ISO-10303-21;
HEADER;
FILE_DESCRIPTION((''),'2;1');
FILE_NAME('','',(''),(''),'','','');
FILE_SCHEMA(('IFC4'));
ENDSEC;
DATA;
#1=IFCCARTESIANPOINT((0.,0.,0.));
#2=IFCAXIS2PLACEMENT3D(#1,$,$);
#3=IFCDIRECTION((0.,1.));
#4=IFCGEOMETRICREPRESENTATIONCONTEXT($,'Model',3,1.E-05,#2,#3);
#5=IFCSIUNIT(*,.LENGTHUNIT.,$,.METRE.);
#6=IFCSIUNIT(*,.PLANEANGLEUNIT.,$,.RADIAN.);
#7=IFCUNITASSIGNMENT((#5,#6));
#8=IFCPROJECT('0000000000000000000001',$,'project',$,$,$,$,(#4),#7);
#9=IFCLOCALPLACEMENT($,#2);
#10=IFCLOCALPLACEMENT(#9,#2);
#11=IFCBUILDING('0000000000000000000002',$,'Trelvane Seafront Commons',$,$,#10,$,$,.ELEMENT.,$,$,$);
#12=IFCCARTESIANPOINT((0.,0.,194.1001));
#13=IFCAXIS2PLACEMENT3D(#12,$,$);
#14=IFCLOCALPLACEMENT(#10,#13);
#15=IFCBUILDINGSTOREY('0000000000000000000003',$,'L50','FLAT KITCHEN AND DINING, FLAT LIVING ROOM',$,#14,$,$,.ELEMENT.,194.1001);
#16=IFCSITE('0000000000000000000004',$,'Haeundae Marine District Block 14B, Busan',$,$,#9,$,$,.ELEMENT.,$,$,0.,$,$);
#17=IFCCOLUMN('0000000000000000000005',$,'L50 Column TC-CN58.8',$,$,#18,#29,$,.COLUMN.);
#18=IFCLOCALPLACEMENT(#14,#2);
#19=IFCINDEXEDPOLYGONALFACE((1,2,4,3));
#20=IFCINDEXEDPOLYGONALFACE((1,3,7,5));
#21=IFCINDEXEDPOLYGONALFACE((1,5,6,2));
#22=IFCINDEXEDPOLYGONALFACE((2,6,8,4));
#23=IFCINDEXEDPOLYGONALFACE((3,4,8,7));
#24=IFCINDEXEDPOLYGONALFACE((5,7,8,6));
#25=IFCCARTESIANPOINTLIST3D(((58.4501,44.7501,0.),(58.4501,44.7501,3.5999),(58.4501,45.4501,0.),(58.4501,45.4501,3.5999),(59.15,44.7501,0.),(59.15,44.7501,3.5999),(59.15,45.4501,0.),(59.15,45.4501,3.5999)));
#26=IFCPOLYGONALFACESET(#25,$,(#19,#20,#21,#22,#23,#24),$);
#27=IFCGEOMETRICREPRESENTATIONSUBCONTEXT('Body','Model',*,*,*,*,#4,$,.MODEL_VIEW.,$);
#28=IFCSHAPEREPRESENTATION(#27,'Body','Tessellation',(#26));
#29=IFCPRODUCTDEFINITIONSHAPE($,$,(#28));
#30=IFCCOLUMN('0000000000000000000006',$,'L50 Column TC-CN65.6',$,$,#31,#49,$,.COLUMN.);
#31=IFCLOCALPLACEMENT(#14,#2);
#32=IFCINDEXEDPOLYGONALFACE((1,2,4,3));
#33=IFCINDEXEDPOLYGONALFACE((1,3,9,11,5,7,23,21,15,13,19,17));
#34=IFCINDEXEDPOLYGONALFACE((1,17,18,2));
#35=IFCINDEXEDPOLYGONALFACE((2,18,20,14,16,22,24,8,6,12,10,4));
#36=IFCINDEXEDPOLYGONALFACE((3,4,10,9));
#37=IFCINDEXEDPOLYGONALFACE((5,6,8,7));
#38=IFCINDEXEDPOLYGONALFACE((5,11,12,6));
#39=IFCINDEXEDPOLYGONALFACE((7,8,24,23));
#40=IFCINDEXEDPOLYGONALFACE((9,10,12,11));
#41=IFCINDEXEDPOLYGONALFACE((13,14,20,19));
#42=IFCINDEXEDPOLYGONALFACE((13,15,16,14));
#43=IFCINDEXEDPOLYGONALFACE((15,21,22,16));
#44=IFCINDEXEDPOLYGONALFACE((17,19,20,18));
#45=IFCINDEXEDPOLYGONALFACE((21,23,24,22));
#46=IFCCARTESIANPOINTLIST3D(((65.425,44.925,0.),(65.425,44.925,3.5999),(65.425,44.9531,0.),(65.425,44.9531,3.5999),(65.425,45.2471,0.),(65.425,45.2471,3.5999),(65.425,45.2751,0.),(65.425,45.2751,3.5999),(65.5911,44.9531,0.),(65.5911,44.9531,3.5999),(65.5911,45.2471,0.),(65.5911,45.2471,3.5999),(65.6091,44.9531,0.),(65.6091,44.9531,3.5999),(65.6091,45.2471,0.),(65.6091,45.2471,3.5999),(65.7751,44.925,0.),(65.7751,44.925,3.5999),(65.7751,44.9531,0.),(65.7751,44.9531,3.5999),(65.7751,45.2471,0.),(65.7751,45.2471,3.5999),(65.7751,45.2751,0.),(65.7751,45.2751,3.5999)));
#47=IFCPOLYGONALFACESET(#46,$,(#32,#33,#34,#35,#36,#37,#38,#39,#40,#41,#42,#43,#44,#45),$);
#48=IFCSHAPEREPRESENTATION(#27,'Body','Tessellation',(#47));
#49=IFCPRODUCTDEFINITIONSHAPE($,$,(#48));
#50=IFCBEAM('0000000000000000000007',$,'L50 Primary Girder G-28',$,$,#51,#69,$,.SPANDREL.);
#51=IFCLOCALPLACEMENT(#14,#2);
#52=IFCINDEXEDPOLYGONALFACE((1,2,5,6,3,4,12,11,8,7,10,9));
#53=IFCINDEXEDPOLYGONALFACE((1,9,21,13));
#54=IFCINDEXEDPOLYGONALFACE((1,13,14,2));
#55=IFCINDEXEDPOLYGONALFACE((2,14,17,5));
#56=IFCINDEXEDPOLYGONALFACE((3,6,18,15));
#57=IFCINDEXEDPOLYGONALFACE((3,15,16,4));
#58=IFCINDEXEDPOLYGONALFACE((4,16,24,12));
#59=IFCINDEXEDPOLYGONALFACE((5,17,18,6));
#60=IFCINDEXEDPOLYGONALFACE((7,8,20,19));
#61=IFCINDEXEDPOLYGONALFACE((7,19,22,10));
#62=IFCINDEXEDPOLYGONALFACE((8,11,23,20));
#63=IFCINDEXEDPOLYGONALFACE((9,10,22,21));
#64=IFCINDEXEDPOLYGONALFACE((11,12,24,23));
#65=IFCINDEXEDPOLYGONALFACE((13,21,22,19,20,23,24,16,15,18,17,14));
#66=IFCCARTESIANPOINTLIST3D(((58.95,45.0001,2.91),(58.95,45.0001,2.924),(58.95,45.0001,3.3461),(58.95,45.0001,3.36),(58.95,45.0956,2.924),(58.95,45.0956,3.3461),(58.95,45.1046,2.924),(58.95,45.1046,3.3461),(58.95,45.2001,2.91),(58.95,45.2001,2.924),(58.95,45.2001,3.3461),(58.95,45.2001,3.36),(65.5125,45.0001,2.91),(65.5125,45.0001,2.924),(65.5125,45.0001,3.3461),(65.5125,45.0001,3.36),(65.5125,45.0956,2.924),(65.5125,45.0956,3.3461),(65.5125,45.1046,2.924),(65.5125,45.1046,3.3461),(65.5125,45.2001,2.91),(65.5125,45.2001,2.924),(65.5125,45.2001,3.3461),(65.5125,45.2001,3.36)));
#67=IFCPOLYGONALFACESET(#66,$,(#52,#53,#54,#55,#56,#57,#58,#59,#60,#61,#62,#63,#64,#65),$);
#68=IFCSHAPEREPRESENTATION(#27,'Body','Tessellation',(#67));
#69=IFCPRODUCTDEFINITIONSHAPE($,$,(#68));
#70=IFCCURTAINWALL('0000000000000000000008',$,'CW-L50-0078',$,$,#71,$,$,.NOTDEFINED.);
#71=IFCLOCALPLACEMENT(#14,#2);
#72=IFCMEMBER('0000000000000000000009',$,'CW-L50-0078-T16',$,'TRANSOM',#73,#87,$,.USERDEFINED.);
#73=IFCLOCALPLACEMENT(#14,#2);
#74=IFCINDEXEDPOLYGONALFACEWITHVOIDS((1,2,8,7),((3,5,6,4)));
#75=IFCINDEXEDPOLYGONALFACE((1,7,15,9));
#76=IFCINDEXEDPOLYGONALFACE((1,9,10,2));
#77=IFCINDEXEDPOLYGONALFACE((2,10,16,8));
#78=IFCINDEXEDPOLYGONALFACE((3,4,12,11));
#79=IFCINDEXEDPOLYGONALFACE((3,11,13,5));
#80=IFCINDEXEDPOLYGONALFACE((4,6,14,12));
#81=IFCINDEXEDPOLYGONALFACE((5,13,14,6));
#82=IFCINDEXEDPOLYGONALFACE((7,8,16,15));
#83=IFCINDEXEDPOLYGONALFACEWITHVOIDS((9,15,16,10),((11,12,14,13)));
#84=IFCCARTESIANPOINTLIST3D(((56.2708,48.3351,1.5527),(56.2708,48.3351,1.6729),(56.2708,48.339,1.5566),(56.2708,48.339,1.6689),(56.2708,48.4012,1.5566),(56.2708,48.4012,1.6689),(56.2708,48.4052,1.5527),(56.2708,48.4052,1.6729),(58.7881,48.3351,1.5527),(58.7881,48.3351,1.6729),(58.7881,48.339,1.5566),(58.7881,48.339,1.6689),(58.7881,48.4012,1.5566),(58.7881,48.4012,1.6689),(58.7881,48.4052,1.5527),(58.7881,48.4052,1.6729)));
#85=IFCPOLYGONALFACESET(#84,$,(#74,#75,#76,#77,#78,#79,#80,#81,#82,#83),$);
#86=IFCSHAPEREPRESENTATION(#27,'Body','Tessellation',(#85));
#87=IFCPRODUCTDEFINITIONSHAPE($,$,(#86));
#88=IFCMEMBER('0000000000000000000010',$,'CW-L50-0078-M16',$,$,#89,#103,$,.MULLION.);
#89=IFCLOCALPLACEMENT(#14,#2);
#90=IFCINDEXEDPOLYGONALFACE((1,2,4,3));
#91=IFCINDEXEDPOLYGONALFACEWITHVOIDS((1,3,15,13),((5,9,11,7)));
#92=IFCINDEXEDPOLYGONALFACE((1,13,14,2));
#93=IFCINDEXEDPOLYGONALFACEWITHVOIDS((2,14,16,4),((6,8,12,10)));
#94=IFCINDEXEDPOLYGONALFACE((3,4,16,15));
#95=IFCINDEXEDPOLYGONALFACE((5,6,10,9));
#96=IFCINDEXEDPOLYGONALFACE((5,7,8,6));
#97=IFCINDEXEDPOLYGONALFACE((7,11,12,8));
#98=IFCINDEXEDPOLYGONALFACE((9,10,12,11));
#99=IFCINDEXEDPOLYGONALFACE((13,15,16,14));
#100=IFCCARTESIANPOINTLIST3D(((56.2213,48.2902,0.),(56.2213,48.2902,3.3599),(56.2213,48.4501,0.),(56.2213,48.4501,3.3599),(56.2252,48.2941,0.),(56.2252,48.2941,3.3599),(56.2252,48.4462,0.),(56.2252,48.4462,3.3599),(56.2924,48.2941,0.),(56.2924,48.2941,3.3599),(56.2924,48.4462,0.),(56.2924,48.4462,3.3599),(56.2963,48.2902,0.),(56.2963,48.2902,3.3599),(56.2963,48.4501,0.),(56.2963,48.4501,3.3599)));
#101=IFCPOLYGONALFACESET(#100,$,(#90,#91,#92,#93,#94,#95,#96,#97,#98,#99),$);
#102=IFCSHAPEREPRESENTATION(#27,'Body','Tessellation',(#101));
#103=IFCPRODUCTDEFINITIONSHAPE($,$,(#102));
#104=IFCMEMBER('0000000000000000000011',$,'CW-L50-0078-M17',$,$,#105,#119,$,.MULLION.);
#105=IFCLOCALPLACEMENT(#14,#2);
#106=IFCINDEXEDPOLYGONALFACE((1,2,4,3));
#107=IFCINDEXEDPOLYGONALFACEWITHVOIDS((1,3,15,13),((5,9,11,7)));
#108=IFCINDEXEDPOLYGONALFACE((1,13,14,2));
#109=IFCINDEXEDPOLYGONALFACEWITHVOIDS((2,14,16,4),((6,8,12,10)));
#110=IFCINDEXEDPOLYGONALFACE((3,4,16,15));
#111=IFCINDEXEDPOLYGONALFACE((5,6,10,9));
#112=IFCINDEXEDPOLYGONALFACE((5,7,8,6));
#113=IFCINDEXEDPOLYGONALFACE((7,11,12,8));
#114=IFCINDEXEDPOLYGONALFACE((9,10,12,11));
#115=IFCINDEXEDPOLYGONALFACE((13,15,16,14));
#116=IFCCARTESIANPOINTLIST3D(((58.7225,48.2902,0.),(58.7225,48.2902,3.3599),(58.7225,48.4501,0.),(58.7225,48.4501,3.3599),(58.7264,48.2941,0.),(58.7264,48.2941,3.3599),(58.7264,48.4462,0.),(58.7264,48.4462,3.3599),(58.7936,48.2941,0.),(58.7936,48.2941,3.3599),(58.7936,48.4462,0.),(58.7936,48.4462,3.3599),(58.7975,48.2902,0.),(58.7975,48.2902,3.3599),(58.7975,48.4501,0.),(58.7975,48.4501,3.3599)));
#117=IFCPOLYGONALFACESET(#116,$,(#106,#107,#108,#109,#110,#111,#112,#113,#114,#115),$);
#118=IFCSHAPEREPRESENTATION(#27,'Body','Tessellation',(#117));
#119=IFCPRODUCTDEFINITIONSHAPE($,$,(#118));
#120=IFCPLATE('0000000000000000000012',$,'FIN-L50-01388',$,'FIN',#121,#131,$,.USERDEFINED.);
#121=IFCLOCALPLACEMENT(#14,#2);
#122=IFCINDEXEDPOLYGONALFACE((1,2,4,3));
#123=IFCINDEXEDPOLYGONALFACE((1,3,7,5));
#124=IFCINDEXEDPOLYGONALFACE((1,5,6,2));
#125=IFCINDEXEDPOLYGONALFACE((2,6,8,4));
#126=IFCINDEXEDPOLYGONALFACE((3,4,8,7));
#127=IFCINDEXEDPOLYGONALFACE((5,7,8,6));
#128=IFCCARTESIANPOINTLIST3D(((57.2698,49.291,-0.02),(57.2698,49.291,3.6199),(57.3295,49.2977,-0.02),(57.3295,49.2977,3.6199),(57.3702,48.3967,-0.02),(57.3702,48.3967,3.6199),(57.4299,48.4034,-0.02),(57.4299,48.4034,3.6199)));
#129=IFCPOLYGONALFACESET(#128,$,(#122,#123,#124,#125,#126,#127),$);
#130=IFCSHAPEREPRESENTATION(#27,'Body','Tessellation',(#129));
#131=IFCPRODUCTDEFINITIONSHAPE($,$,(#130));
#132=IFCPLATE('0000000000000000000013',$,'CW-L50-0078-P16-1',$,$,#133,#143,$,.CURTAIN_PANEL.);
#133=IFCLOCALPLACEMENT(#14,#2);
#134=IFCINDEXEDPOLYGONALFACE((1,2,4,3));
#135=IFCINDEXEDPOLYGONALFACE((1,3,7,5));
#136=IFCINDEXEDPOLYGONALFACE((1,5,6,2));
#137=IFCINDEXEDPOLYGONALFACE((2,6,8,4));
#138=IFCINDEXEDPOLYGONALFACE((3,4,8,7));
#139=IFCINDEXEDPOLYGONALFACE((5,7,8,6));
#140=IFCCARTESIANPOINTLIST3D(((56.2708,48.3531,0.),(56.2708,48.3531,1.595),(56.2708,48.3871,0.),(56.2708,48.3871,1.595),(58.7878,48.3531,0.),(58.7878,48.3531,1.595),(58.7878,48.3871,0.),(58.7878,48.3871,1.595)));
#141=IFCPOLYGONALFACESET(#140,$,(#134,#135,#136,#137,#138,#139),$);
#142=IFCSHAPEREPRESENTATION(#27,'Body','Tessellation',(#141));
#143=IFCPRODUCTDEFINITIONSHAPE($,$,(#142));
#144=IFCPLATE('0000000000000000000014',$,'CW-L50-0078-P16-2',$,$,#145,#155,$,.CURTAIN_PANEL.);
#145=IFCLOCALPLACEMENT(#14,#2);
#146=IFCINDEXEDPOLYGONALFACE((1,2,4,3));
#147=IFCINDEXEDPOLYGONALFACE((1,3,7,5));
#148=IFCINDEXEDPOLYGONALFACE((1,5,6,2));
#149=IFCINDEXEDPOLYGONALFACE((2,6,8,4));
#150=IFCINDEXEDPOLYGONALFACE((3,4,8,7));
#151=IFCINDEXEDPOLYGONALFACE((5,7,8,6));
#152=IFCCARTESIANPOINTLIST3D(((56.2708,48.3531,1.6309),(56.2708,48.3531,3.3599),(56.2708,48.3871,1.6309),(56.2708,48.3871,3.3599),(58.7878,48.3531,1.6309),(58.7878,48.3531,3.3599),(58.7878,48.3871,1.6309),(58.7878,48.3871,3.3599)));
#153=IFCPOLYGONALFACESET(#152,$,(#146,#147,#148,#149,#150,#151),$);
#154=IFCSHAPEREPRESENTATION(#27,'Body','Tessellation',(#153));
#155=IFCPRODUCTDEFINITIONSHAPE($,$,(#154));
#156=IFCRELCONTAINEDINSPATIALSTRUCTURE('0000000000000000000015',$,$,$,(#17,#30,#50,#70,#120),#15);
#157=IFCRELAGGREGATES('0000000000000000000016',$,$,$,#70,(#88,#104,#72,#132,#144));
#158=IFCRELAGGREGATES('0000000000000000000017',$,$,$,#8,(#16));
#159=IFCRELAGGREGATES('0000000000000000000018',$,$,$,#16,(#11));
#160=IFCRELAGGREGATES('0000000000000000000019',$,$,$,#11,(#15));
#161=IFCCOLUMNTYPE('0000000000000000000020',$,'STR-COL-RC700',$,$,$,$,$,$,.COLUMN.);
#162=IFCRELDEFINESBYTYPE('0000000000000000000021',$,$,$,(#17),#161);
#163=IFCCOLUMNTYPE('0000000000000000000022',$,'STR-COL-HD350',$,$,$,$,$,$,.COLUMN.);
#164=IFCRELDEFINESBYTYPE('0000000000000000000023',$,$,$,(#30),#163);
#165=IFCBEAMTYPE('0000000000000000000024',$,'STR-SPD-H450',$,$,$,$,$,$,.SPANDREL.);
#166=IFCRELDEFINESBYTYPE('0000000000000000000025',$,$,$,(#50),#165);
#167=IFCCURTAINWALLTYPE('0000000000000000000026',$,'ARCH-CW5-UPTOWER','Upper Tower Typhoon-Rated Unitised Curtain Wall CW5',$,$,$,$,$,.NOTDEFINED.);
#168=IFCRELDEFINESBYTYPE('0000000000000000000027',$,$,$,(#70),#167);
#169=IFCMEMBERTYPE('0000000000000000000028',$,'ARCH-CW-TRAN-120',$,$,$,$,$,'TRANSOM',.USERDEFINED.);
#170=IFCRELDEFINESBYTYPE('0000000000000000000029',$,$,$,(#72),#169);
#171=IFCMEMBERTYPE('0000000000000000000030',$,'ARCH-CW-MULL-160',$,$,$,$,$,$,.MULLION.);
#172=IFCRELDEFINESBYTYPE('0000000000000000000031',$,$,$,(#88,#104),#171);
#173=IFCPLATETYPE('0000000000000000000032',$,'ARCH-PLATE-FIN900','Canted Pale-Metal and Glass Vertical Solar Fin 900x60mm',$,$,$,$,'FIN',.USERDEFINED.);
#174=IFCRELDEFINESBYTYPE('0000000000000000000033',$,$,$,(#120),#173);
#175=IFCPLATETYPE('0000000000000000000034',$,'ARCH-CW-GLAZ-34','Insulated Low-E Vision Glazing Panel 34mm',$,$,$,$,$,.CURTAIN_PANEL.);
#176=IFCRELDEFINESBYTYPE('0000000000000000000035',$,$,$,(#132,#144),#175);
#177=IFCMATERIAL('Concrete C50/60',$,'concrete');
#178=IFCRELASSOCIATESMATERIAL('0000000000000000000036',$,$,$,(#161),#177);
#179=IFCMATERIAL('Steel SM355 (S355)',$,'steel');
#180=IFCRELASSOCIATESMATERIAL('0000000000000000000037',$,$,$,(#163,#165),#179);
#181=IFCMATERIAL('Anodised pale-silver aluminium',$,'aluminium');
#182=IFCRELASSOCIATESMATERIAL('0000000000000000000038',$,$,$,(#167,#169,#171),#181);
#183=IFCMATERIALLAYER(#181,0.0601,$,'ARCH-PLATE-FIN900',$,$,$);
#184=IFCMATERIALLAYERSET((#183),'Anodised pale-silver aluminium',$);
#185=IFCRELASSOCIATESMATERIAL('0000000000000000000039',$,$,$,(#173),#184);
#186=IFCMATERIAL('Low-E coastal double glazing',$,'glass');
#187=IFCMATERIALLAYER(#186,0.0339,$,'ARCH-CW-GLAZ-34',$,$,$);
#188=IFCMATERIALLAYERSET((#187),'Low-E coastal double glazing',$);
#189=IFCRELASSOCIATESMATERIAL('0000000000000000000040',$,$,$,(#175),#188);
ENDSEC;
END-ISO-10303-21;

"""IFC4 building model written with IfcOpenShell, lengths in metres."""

from ifc_helpers import new_model, si_unit, direction, frame, origin, origin_2d, place, context, subcontext, project, spatial, rectangle, hollow_rectangle, i_section, extrude, source, transform, mapped, material, layer, layer_set, material_profile, profile_set, type_object, element, aggregate, save


model = new_model("IFC4")

# Units and contexts
model_context = context("Model", 3, precision=1e-05, world=origin(), true_north=direction((0.0, 1.0)))
body_context = subcontext(model_context, "Body", "Model", "MODEL_VIEW")
ifc_project = project(units=[si_unit("LENGTHUNIT", "METRE"), si_unit("PLANEANGLEUNIT", "RADIAN")], contexts=[model_context])

# Site, building, storey
site_placement = place(None, origin())
site = spatial("IfcSite", under=ifc_project, at=site_placement, Name="Haeundae Marine District Block 14B, Busan", CompositionType="ELEMENT", RefElevation=0.0)
building_placement = place(site_placement, origin())
building = spatial("IfcBuilding", under=site, at=building_placement, Name="Trelvane Seafront Commons", CompositionType="ELEMENT")
storey_placement = place(building_placement, frame((0.0, 0.0, 194.1001)))
storey = spatial("IfcBuildingStorey", under=building, at=storey_placement, Name="L50", Description="FLAT KITCHEN AND DINING, FLAT LIVING ROOM", CompositionType="ELEMENT", Elevation=194.1001)

# Columns
ifc_material_1 = material(Name="Concrete C50/60", Category="concrete")
ifc_material_profile_1 = material_profile(ifc_material_1, rectangle(XDim=0.7, YDim=0.7, at=origin_2d()), Name="RC-700x700")
ifc_profile_set_1 = profile_set([ifc_material_profile_1], Name="Concrete C50/60")
column_type_1 = type_object("IfcColumnType", Name="STR-COL-RC700", PredefinedType="COLUMN", material=ifc_profile_set_1)
shared_shape_1 = source(origin(), body_context, "Body", "SweptSolid", [
    extrude(rectangle(XDim=0.7, YDim=0.7, at=origin_2d()), origin(), (0.0, 0.0, 1.0), 3.5999),
])
column_1_placement = place(storey_placement, frame((58.8, 45.1001, 0.0), z_axis=(0.0, 0.0, 1.0), x_axis=(1.0, 0.0, 0.0)))
element("IfcColumn", 1, at=column_1_placement, inside=storey, type_object=column_type_1, Name="L50 Column TC-CN58.8", PredefinedType="COLUMN", context=body_context, shape_type="MappedRepresentation", body=[
    mapped(shared_shape_1, transform((0.0, 0.0, 0.0), x_axis=(1.0, 0.0, 0.0), y_axis=(0.0, 1.0, 0.0), z_axis=(0.0, 0.0, 1.0), scale=1.0)),
])
ifc_material_2 = material(Name="Steel SM355 (S355)", Category="steel")
ifc_material_profile_2 = material_profile(ifc_material_2, i_section(OverallWidth=0.3501, OverallDepth=0.3501, WebThickness=0.0181, FlangeThickness=0.0281, at=origin_2d()), Name="HD-350x350x18x28")
ifc_profile_set_2 = profile_set([ifc_material_profile_2], Name="Steel SM355 (S355)")
column_type_2 = type_object("IfcColumnType", Name="STR-COL-HD350", PredefinedType="COLUMN", material=ifc_profile_set_2)
shared_shape_2 = source(origin(), body_context, "Body", "SweptSolid", [
    extrude(i_section(OverallWidth=0.3501, OverallDepth=0.3501, WebThickness=0.0181, FlangeThickness=0.0281, at=origin_2d()), origin(), (0.0, 0.0, 1.0), 3.5999),
])
column_2_placement = place(storey_placement, frame((65.6001, 45.1001, 0.0), z_axis=(0.0, 0.0, 1.0), x_axis=(1.0, 0.0, 0.0)))
element("IfcColumn", 2, at=column_2_placement, inside=storey, type_object=column_type_2, Name="L50 Column TC-CN65.6", PredefinedType="COLUMN", context=body_context, shape_type="MappedRepresentation", body=[
    mapped(shared_shape_2, transform((0.0, 0.0, 0.0), x_axis=(1.0, 0.0, 0.0), y_axis=(0.0, 1.0, 0.0), z_axis=(0.0, 0.0, 1.0), scale=1.0)),
])

# Beam
ifc_material_profile_3 = material_profile(ifc_material_2, i_section(OverallWidth=0.2, OverallDepth=0.45, WebThickness=0.009, FlangeThickness=0.0139, at=origin_2d()), Name="H-450x200x9x14")
ifc_profile_set_3 = profile_set([ifc_material_profile_3], Name="Steel SM355 (S355)")
beam_type = type_object("IfcBeamType", Name="STR-SPD-H450", PredefinedType="SPANDREL", material=ifc_profile_set_3)
shared_shape_3 = source(origin(), body_context, "Body", "SweptSolid", [
    extrude(i_section(OverallWidth=0.2, OverallDepth=0.45, WebThickness=0.009, FlangeThickness=0.0139, at=origin_2d()), origin(), (0.0, 0.0, 1.0), 6.5625),
])
beam_placement = place(storey_placement, frame((58.95, 45.1001, 3.135), z_axis=(1.0, 0.0, 0.0), x_axis=(0.0, 1.0, 0.0)))
element("IfcBeam", 3, at=beam_placement, inside=storey, type_object=beam_type, Name="L50 Primary Girder G-28", PredefinedType="SPANDREL", context=body_context, shape_type="MappedRepresentation", body=[
    mapped(shared_shape_3, transform((0.0, 0.0, 0.0), x_axis=(1.0, 0.0, 0.0), y_axis=(0.0, 1.0, 0.0), z_axis=(0.0, 0.0, 1.0), scale=1.0)),
])

# Curtain wall, members
ifc_material_3 = material(Name="Anodised pale-silver aluminium", Category="aluminium")
curtain_wall_type = type_object("IfcCurtainWallType", Name="ARCH-CW5-UPTOWER", Description="Upper Tower Typhoon-Rated Unitised Curtain Wall CW5", PredefinedType="NOTDEFINED", material=ifc_material_3)
curtain_wall_placement = place(storey_placement, origin())
curtain_wall = element("IfcCurtainWall", 4, at=curtain_wall_placement, inside=storey, type_object=curtain_wall_type, Name="CW-L50-0078", PredefinedType="NOTDEFINED")
ifc_material_profile_4 = material_profile(ifc_material_3, hollow_rectangle(XDim=0.0701, YDim=0.1201, WallThickness=0.0039, at=origin_2d()), Name="TRAN-70x120x4")
ifc_profile_set_4 = profile_set([ifc_material_profile_4], Name="Anodised pale-silver aluminium")
member_type_1 = type_object("IfcMemberType", Name="ARCH-CW-TRAN-120", ElementType="TRANSOM", PredefinedType="USERDEFINED", material=ifc_profile_set_4)
shared_shape_4 = source(origin(), body_context, "Body", "SweptSolid", [
    extrude(hollow_rectangle(XDim=0.0701, YDim=0.1201, WallThickness=0.0039, at=origin_2d()), origin(), (0.0, 0.0, 1.0), 2.5173),
])
member_1_placement = place(storey_placement, frame((56.2708, 48.3701, 1.6128), z_axis=(1.0, 0.0, 0.0), x_axis=(0.0, 1.0, 0.0)))
member_1 = element("IfcMember", 5, at=member_1_placement, type_object=member_type_1, Name="CW-L50-0078-T16", ObjectType="TRANSOM", PredefinedType="USERDEFINED", context=body_context, shape_type="MappedRepresentation", body=[
    mapped(shared_shape_4, transform((0.0, 0.0, 0.0), x_axis=(1.0, 0.0, 0.0), y_axis=(0.0, 1.0, 0.0), z_axis=(0.0, 0.0, 1.0), scale=1.0)),
])
ifc_material_profile_5 = material_profile(ifc_material_3, hollow_rectangle(XDim=0.075, YDim=0.1599, WallThickness=0.0039, at=origin_2d()), Name="MULL-75x160x4")
ifc_profile_set_5 = profile_set([ifc_material_profile_5], Name="Anodised pale-silver aluminium")
member_type_2 = type_object("IfcMemberType", Name="ARCH-CW-MULL-160", PredefinedType="MULLION", material=ifc_profile_set_5)
shared_shape_5 = source(origin(), body_context, "Body", "SweptSolid", [
    extrude(hollow_rectangle(XDim=0.075, YDim=0.1599, WallThickness=0.0039, at=origin_2d()), origin(), (0.0, 0.0, 1.0), 3.3599),
])
member_2_placement = place(storey_placement, frame((56.2588, 48.3701, 0.0), z_axis=(0.0, 0.0, 1.0), x_axis=(1.0, 0.0, 0.0)))
member_2 = element("IfcMember", 6, at=member_2_placement, type_object=member_type_2, Name="CW-L50-0078-M16", PredefinedType="MULLION", context=body_context, shape_type="MappedRepresentation", body=[
    mapped(shared_shape_5, transform((0.0, 0.0, 0.0), x_axis=(1.0, 0.0, 0.0), y_axis=(0.0, 1.0, 0.0), z_axis=(0.0, 0.0, 1.0), scale=1.0)),
])
member_3_placement = place(storey_placement, frame((58.76, 48.3701, 0.0), z_axis=(0.0, 0.0, 1.0), x_axis=(1.0, 0.0, 0.0)))
member_3 = element("IfcMember", 7, at=member_3_placement, type_object=member_type_2, Name="CW-L50-0078-M17", PredefinedType="MULLION", context=body_context, shape_type="MappedRepresentation", body=[
    mapped(shared_shape_5, transform((0.0, 0.0, 0.0), x_axis=(1.0, 0.0, 0.0), y_axis=(0.0, 1.0, 0.0), z_axis=(0.0, 0.0, 1.0), scale=1.0)),
])

# Plates
ifc_layer_1 = layer(ifc_material_3, 0.0601, Name="ARCH-PLATE-FIN900")
ifc_layer_set_1 = layer_set([ifc_layer_1], Name="Anodised pale-silver aluminium")
plate_type_1 = type_object("IfcPlateType", Name="ARCH-PLATE-FIN900", Description="Canted Pale-Metal and Glass Vertical Solar Fin 900x60mm", ElementType="FIN", PredefinedType="USERDEFINED", material=ifc_layer_set_1)
shared_shape_6 = source(origin(), body_context, "Body", "SweptSolid", [
    extrude(rectangle(XDim=0.8999, YDim=0.0601, at=origin_2d()), origin(), (0.0, 0.0, 1.0), 3.6399),
])
plate_1_placement = place(storey_placement, frame((57.3499, 48.8472, -0.02), z_axis=(0.0, 0.0, 1.0), x_axis=(-0.111554, 0.993758, 0.0)))
element("IfcPlate", 8, at=plate_1_placement, inside=storey, type_object=plate_type_1, Name="FIN-L50-01388", ObjectType="FIN", PredefinedType="USERDEFINED", context=body_context, shape_type="MappedRepresentation", body=[
    mapped(shared_shape_6, transform((0.0, 0.0, 0.0), x_axis=(1.0, 0.0, 0.0), y_axis=(0.0, 1.0, 0.0), z_axis=(0.0, 0.0, 1.0), scale=1.0)),
])
ifc_material_4 = material(Name="Low-E coastal double glazing", Category="glass")
ifc_layer_2 = layer(ifc_material_4, 0.0339, Name="ARCH-CW-GLAZ-34")
ifc_layer_set_2 = layer_set([ifc_layer_2], Name="Low-E coastal double glazing")
plate_type_2 = type_object("IfcPlateType", Name="ARCH-CW-GLAZ-34", Description="Insulated Low-E Vision Glazing Panel 34mm", PredefinedType="CURTAIN_PANEL", material=ifc_layer_set_2)
shared_shape_7 = source(origin(), body_context, "Body", "SweptSolid", [
    extrude(rectangle(XDim=2.5171, YDim=0.0339, at=origin_2d()), origin(), (0.0, 0.0, 1.0), 1.595),
])
plate_2_placement = place(storey_placement, frame((57.5293, 48.3701, 0.0), z_axis=(0.0, 0.0, 1.0), x_axis=(1.0, 0.0, 0.0)))
plate_2 = element("IfcPlate", 9, at=plate_2_placement, type_object=plate_type_2, Name="CW-L50-0078-P16-1", PredefinedType="CURTAIN_PANEL", context=body_context, shape_type="MappedRepresentation", body=[
    mapped(shared_shape_7, transform((0.0, 0.0, 0.0), x_axis=(1.0, 0.0, 0.0), y_axis=(0.0, 1.0, 0.0), z_axis=(0.0, 0.0, 1.0), scale=1.0)),
])
shared_shape_8 = source(origin(), body_context, "Body", "SweptSolid", [
    extrude(rectangle(XDim=2.5171, YDim=0.0339, at=origin_2d()), origin(), (0.0, 0.0, 1.0), 1.729),
])
plate_3_placement = place(storey_placement, frame((57.5293, 48.3701, 1.6309), z_axis=(0.0, 0.0, 1.0), x_axis=(1.0, 0.0, 0.0)))
plate_3 = element("IfcPlate", 10, at=plate_3_placement, type_object=plate_type_2, Name="CW-L50-0078-P16-2", PredefinedType="CURTAIN_PANEL", context=body_context, shape_type="MappedRepresentation", body=[
    mapped(shared_shape_8, transform((0.0, 0.0, 0.0), x_axis=(1.0, 0.0, 0.0), y_axis=(0.0, 1.0, 0.0), z_axis=(0.0, 0.0, 1.0), scale=1.0)),
])
aggregate(curtain_wall, [member_2, member_3, member_1, plate_2, plate_3])

save(model, "model.ifc")
